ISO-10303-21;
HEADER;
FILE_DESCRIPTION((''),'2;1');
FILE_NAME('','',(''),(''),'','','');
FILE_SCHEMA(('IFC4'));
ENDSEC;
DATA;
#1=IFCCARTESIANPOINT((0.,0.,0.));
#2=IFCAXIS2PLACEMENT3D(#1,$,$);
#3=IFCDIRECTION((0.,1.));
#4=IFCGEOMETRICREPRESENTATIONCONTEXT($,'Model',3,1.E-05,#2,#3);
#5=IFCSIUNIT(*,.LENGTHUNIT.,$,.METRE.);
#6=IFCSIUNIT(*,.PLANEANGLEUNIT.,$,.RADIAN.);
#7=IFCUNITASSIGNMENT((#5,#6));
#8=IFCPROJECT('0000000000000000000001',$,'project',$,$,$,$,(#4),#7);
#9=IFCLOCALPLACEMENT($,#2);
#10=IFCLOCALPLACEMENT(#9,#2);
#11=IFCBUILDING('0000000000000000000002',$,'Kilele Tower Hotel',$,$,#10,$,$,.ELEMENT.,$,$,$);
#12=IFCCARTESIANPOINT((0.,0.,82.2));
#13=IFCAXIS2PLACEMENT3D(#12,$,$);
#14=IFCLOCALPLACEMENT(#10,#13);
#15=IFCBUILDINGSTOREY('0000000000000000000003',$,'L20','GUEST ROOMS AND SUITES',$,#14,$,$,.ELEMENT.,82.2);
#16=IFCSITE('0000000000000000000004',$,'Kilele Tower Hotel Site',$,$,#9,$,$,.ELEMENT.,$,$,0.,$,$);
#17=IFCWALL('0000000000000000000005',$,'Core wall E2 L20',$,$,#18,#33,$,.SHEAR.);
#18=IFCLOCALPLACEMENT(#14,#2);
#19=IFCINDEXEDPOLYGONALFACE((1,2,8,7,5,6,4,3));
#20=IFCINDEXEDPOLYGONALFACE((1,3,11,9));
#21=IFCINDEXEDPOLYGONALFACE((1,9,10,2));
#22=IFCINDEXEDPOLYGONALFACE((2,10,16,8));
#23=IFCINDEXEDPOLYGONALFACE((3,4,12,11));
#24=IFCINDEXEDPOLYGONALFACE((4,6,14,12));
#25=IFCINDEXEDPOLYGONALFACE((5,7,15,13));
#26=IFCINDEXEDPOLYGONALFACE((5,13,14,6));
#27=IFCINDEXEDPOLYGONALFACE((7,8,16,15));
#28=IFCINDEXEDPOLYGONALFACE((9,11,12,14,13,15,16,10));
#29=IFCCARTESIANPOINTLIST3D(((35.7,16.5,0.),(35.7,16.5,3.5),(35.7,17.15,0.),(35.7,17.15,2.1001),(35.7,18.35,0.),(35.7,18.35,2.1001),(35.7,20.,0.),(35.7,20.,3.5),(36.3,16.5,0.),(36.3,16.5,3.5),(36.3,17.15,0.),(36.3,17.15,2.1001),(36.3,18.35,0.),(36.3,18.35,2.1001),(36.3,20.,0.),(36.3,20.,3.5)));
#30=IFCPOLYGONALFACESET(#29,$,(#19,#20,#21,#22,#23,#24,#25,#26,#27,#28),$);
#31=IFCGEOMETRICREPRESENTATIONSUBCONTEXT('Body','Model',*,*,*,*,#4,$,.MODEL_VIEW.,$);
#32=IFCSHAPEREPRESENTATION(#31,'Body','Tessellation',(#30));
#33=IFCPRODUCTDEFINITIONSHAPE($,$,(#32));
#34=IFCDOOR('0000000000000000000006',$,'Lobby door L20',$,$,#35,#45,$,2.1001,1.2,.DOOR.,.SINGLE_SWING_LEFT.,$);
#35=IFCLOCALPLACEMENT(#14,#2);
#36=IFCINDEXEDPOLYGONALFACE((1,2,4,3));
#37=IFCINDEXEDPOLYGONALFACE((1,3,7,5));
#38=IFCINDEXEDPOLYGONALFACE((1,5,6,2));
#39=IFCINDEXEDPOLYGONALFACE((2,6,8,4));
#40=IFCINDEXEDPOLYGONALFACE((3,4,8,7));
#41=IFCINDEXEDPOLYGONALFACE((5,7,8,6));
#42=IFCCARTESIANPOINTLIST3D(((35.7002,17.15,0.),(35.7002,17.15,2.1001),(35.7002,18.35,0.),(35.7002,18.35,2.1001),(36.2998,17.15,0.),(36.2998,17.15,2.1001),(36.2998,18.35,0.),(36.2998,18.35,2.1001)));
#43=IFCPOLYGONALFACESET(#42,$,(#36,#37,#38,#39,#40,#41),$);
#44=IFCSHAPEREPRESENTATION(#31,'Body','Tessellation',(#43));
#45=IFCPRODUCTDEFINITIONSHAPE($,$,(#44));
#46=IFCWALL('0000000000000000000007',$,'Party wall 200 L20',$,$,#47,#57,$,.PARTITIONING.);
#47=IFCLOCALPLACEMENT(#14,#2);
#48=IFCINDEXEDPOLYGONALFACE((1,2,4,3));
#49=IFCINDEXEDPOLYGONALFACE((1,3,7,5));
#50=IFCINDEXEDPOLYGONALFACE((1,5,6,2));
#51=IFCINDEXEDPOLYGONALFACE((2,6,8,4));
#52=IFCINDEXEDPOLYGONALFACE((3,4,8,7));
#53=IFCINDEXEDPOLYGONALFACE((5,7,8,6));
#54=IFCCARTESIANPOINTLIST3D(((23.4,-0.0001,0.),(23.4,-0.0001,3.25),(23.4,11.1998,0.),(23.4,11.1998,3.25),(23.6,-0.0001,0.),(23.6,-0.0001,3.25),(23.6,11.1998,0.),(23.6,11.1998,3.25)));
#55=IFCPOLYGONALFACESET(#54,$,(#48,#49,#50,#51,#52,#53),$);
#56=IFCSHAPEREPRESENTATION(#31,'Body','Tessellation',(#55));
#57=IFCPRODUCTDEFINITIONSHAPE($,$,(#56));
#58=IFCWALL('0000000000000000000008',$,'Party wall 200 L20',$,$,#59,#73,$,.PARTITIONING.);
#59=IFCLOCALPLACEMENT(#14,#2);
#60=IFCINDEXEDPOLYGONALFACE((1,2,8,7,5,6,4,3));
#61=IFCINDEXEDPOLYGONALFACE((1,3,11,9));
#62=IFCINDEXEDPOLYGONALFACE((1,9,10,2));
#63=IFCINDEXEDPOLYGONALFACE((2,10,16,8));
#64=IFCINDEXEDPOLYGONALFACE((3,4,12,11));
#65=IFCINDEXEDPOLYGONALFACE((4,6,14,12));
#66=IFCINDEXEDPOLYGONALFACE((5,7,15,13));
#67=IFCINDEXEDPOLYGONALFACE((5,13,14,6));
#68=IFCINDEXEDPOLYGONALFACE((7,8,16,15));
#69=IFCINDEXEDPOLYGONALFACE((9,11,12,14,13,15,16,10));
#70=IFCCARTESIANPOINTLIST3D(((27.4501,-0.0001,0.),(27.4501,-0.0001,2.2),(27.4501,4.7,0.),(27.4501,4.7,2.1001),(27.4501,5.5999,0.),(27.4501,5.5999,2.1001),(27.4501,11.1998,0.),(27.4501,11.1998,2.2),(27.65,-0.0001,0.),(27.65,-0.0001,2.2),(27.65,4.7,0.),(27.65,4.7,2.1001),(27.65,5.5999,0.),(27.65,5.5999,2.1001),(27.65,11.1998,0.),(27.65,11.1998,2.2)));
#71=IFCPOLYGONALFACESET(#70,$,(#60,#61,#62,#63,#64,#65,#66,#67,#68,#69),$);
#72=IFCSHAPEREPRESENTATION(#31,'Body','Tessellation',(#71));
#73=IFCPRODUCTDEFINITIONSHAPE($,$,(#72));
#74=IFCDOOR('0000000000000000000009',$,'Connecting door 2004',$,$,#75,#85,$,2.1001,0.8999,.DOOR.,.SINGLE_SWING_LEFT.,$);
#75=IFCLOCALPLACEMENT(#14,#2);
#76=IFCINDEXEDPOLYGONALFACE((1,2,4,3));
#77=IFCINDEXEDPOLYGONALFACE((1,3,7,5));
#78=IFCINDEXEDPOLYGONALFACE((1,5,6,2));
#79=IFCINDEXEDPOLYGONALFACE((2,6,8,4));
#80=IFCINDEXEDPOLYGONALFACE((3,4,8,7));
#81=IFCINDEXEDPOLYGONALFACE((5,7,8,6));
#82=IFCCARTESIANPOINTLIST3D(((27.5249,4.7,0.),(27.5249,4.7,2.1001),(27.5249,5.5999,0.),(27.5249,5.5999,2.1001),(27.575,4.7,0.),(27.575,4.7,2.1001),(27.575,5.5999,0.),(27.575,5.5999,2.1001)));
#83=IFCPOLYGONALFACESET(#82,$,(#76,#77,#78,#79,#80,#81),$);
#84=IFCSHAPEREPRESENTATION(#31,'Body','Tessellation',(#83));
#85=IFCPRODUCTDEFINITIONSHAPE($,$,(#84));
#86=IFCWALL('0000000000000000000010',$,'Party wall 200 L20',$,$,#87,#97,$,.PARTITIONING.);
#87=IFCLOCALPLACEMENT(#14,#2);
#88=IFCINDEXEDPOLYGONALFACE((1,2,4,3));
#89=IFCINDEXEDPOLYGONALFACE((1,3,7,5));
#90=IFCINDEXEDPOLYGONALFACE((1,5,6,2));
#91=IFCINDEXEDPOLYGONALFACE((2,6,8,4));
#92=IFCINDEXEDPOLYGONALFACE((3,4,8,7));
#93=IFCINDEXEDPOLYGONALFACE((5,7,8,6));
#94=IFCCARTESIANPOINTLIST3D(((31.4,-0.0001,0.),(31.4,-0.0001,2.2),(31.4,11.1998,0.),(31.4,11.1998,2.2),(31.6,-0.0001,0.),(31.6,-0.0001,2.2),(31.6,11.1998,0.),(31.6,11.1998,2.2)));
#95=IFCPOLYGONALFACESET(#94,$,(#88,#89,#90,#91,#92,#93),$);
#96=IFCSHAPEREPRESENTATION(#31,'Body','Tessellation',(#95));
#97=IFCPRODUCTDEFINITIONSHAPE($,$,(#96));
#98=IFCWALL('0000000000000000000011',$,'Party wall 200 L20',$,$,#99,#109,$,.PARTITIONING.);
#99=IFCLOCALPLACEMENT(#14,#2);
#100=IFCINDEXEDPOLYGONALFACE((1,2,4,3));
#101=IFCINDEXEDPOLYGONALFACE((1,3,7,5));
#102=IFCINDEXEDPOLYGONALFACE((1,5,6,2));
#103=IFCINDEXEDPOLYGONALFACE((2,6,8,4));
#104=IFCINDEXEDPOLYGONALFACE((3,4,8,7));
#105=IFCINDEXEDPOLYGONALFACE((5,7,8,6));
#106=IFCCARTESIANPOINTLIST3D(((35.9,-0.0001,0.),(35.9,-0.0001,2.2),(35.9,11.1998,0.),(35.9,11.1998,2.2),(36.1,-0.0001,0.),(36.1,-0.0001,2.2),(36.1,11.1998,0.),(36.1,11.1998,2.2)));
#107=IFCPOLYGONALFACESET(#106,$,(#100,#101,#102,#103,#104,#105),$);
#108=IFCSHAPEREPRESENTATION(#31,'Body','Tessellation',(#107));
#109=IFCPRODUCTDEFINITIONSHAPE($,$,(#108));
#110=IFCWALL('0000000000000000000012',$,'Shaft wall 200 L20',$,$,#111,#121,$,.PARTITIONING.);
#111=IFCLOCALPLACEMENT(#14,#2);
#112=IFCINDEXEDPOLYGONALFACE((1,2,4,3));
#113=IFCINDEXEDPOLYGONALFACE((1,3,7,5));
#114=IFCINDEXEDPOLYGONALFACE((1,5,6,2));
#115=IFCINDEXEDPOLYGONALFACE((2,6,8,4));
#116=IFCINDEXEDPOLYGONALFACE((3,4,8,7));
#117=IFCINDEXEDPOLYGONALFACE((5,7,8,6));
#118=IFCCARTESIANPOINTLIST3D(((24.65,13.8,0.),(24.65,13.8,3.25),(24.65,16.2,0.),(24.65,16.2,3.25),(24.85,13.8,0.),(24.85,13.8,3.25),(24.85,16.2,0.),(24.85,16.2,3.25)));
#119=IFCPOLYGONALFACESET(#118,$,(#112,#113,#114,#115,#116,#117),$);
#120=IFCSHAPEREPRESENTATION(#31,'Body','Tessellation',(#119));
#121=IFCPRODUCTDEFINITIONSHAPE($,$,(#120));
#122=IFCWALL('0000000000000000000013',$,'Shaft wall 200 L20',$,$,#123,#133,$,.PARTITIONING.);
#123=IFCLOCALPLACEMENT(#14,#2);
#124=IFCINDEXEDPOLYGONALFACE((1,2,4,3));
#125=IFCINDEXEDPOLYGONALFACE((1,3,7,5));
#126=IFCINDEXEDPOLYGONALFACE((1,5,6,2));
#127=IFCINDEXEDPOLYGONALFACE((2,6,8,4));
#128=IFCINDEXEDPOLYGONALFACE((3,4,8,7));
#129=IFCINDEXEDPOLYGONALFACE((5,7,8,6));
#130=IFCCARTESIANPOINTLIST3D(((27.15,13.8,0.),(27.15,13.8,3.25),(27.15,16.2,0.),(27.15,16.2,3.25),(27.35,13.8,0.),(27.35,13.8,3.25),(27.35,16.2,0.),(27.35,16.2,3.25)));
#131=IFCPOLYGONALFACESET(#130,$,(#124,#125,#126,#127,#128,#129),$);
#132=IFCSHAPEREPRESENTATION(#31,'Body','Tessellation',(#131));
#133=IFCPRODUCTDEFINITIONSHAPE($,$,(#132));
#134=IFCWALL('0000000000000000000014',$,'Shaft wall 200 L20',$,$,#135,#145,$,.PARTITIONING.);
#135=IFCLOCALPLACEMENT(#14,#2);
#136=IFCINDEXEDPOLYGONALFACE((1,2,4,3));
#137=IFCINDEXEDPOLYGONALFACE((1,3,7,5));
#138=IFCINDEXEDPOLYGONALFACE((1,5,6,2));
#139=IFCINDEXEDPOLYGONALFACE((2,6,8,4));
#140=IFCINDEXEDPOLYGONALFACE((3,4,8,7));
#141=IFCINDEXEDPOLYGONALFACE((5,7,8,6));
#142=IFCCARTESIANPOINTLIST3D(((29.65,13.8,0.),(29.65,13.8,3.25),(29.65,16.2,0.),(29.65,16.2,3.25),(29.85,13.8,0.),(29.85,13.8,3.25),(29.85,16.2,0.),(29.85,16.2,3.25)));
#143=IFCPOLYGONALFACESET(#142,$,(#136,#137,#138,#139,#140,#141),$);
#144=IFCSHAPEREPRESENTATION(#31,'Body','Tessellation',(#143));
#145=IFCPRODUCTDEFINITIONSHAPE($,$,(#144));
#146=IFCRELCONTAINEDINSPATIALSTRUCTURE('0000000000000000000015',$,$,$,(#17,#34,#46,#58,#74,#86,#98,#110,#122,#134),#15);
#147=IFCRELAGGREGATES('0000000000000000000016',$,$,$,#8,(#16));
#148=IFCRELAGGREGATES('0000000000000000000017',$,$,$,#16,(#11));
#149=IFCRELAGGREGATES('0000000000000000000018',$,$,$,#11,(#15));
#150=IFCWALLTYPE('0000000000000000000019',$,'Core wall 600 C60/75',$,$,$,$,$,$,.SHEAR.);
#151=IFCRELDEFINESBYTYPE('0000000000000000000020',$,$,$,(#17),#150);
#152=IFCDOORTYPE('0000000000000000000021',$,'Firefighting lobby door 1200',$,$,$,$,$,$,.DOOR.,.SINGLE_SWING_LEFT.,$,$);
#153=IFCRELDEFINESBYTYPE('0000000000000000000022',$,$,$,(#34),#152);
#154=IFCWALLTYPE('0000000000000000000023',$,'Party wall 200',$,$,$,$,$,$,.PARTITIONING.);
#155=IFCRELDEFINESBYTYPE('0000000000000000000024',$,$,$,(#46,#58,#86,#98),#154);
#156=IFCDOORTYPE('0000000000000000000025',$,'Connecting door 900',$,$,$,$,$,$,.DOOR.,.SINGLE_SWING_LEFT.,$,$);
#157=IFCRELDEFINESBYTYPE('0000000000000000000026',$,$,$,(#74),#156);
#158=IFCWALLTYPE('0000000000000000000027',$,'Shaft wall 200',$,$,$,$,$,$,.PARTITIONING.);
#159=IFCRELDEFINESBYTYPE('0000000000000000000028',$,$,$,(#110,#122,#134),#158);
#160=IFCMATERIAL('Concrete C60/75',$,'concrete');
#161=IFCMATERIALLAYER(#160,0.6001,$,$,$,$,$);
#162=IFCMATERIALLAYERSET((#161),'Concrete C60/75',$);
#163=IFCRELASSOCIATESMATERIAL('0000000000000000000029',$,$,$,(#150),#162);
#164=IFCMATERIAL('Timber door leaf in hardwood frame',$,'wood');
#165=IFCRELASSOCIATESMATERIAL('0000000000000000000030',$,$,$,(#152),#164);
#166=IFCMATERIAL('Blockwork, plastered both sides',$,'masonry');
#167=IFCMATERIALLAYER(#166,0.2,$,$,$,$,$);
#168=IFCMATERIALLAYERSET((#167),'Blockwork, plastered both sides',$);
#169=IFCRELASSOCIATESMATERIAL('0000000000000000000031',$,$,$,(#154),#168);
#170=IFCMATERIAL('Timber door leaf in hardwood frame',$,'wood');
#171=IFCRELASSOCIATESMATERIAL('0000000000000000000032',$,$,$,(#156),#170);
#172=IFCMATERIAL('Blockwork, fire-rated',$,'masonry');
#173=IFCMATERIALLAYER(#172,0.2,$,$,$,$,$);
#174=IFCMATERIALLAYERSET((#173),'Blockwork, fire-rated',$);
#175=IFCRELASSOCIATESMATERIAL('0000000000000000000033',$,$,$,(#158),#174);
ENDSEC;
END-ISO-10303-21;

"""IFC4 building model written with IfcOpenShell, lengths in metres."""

from ifc_helpers import new_model, si_unit, direction, frame, frame_2d, origin, place, context, subcontext, project, spatial, rectangle, extrude, material, layer, layer_set, type_object, element, fill, save


model = new_model("IFC4")

# Units and contexts
model_context = context("Model", 3, precision=1e-05, world=origin(), true_north=direction((0.0, 1.0)))
body_context = subcontext(model_context, "Body", "Model", "MODEL_VIEW")
ifc_project = project(units=[si_unit("LENGTHUNIT", "METRE"), si_unit("PLANEANGLEUNIT", "RADIAN")], contexts=[model_context])

# Site, building, storey
site_placement = place(None, origin())
site = spatial("IfcSite", under=ifc_project, at=site_placement, Name="Kilele Tower Hotel Site", CompositionType="ELEMENT", RefElevation=0.0)
building_placement = place(site_placement, origin())
building = spatial("IfcBuilding", under=site, at=building_placement, Name="Kilele Tower Hotel", CompositionType="ELEMENT")
storey_placement = place(building_placement, frame((0.0, 0.0, 82.2)))
storey = spatial("IfcBuildingStorey", under=building, at=storey_placement, Name="L20", Description="GUEST ROOMS AND SUITES", CompositionType="ELEMENT", Elevation=82.2)

# Shared definitions
ifc_material_1 = material(Name="Concrete C60/75", Category="concrete")
ifc_layer_1 = layer(ifc_material_1, 0.6001)
ifc_layer_set_1 = layer_set([ifc_layer_1], Name="Concrete C60/75")
wall_type_1 = type_object("IfcWallType", Name="Core wall 600 C60/75", PredefinedType="SHEAR", material=ifc_layer_set_1)
ifc_material_2 = material(Name="Timber door leaf in hardwood frame", Category="wood")
door_type_1 = type_object("IfcDoorType", Name="Firefighting lobby door 1200", OperationType="SINGLE_SWING_LEFT", PredefinedType="DOOR", material=ifc_material_2)

# Wall, opening, door
wall_1_placement = place(storey_placement, frame((36.0, 16.5, 0.0), z_axis=(0.0, 0.0, 1.0), x_axis=(0.0, 1.0, 0.0)))
wall_1 = element("IfcWall", 1, at=wall_1_placement, inside=storey, type_object=wall_type_1, Name="Core wall E2 L20", PredefinedType="SHEAR", context=body_context, shape_type="SweptSolid", body=[
    extrude(rectangle(XDim=3.5, YDim=0.6001, at=frame_2d((1.75, 0.0))), origin(), (0.0, 0.0, 1.0), 3.5),
])
opening_1_placement = place(wall_1_placement, frame((0.6499, 0.0, 0.0)))
opening_1 = element("IfcOpeningElement", 2, at=opening_1_placement, cuts=wall_1, PredefinedType="OPENING", context=body_context, shape_type="SweptSolid", body=[
    extrude(rectangle(XDim=1.2, YDim=2.1001, at=frame_2d((0.6001, 1.05))), frame((0.0, 0.3101, 0.0), z_axis=(0.0, -1.0, 0.0), x_axis=(1.0, 0.0, 0.0)), (0.0, 0.0, 1.0), 0.6201),
])
door_1_placement = place(opening_1_placement, origin())
door_1 = element("IfcDoor", 3, at=door_1_placement, inside=storey, type_object=door_type_1, Name="Lobby door L20", OperationType="SINGLE_SWING_LEFT", OverallHeight=2.1001, OverallWidth=1.2, PredefinedType="DOOR", context=body_context, shape_type="SweptSolid", body=[
    extrude(rectangle(XDim=1.2, YDim=2.1001, at=frame_2d((0.6001, 1.05))), frame((0.0, 0.2998, 0.0), z_axis=(0.0, -1.0, 0.0), x_axis=(1.0, 0.0, 0.0)), (0.0, 0.0, 1.0), 0.5996),
])
fill(opening_1, door_1)

# Wall
ifc_material_3 = material(Name="Blockwork, plastered both sides", Category="masonry")
ifc_layer_2 = layer(ifc_material_3, 0.2)
ifc_layer_set_2 = layer_set([ifc_layer_2], Name="Blockwork, plastered both sides")
wall_type_2 = type_object("IfcWallType", Name="Party wall 200", PredefinedType="PARTITIONING", material=ifc_layer_set_2)
wall_2_placement = place(storey_placement, frame((23.5, 11.2, 0.0), z_axis=(0.0, 0.0, 1.0), x_axis=(0.0, -1.0, 0.0)))
element("IfcWall", 4, at=wall_2_placement, inside=storey, type_object=wall_type_2, Name="Party wall 200 L20", PredefinedType="PARTITIONING", context=body_context, shape_type="SweptSolid", body=[
    extrude(rectangle(XDim=11.2, YDim=0.2, at=frame_2d((5.6001, 0.0))), origin(), (0.0, 0.0, 1.0), 3.25),
])

# Wall, opening, door
wall_3_placement = place(storey_placement, frame((27.55, 11.2, 0.0), z_axis=(0.0, 0.0, 1.0), x_axis=(0.0, -1.0, 0.0)))
wall_3 = element("IfcWall", 5, at=wall_3_placement, inside=storey, type_object=wall_type_2, Name="Party wall 200 L20", PredefinedType="PARTITIONING", context=body_context, shape_type="SweptSolid", body=[
    extrude(rectangle(XDim=11.2, YDim=0.2, at=frame_2d((5.6001, 0.0))), origin(), (0.0, 0.0, 1.0), 2.2),
])
opening_2_placement = place(wall_3_placement, frame((5.6001, 0.0, 0.0)))
opening_2 = element("IfcOpeningElement", 6, at=opening_2_placement, cuts=wall_3, PredefinedType="OPENING", context=body_context, shape_type="SweptSolid", body=[
    extrude(rectangle(XDim=0.8999, YDim=2.1001, at=frame_2d((0.45, 1.05))), frame((0.0, 0.1099, 0.0), z_axis=(0.0, -1.0, 0.0), x_axis=(1.0, 0.0, 0.0)), (0.0, 0.0, 1.0), 0.22),
])
ifc_material_4 = material(Name="Timber door leaf in hardwood frame", Category="wood")
door_type_2 = type_object("IfcDoorType", Name="Connecting door 900", OperationType="SINGLE_SWING_LEFT", PredefinedType="DOOR", material=ifc_material_4)
door_2_placement = place(opening_2_placement, origin())
door_2 = element("IfcDoor", 7, at=door_2_placement, inside=storey, type_object=door_type_2, Name="Connecting door 2004", OperationType="SINGLE_SWING_LEFT", OverallHeight=2.1001, OverallWidth=0.8999, PredefinedType="DOOR", context=body_context, shape_type="SweptSolid", body=[
    extrude(rectangle(XDim=0.8999, YDim=2.1001, at=frame_2d((0.45, 1.05))), frame((0.0, 0.0249, 0.0), z_axis=(0.0, -1.0, 0.0), x_axis=(1.0, 0.0, 0.0)), (0.0, 0.0, 1.0), 0.05),
])
fill(opening_2, door_2)

# Walls
for number, where, z_axis, x_axis, name in (
    (8, (31.5, 11.2, 0.0), (0.0, 0.0, 1.0), (0.0, -1.0, 0.0), "Party wall 200 L20"),
    (9, (36.0, 11.2, 0.0), (0.0, 0.0, 1.0), (0.0, -1.0, 0.0), "Party wall 200 L20"),
):
    element("IfcWall", number, at=place(storey_placement, frame(where, z_axis=z_axis, x_axis=x_axis)), inside=storey, type_object=wall_type_2, Name=name, PredefinedType="PARTITIONING", context=body_context, shape_type="SweptSolid", body=[
        extrude(rectangle(XDim=11.2, YDim=0.2, at=frame_2d((5.6001, 0.0))), origin(), (0.0, 0.0, 1.0), 2.2),
    ])
ifc_material_5 = material(Name="Blockwork, fire-rated", Category="masonry")
ifc_layer_3 = layer(ifc_material_5, 0.2)
ifc_layer_set_3 = layer_set([ifc_layer_3], Name="Blockwork, fire-rated")
wall_type_3 = type_object("IfcWallType", Name="Shaft wall 200", PredefinedType="PARTITIONING", material=ifc_layer_set_3)
for number, where, z_axis, x_axis, name in (
    (10, (24.75, 13.8, 0.0), (0.0, 0.0, 1.0), (0.0, 1.0, 0.0), "Shaft wall 200 L20"),
    (11, (27.25, 13.8, 0.0), (0.0, 0.0, 1.0), (0.0, 1.0, 0.0), "Shaft wall 200 L20"),
    (12, (29.75, 13.8, 0.0), (0.0, 0.0, 1.0), (0.0, 1.0, 0.0), "Shaft wall 200 L20"),
):
    element("IfcWall", number, at=place(storey_placement, frame(where, z_axis=z_axis, x_axis=x_axis)), inside=storey, type_object=wall_type_3, Name=name, PredefinedType="PARTITIONING", context=body_context, shape_type="SweptSolid", body=[
        extrude(rectangle(XDim=2.3999, YDim=0.2, at=frame_2d((1.2, 0.0))), origin(), (0.0, 0.0, 1.0), 3.25),
    ])

save(model, "model.ifc")
